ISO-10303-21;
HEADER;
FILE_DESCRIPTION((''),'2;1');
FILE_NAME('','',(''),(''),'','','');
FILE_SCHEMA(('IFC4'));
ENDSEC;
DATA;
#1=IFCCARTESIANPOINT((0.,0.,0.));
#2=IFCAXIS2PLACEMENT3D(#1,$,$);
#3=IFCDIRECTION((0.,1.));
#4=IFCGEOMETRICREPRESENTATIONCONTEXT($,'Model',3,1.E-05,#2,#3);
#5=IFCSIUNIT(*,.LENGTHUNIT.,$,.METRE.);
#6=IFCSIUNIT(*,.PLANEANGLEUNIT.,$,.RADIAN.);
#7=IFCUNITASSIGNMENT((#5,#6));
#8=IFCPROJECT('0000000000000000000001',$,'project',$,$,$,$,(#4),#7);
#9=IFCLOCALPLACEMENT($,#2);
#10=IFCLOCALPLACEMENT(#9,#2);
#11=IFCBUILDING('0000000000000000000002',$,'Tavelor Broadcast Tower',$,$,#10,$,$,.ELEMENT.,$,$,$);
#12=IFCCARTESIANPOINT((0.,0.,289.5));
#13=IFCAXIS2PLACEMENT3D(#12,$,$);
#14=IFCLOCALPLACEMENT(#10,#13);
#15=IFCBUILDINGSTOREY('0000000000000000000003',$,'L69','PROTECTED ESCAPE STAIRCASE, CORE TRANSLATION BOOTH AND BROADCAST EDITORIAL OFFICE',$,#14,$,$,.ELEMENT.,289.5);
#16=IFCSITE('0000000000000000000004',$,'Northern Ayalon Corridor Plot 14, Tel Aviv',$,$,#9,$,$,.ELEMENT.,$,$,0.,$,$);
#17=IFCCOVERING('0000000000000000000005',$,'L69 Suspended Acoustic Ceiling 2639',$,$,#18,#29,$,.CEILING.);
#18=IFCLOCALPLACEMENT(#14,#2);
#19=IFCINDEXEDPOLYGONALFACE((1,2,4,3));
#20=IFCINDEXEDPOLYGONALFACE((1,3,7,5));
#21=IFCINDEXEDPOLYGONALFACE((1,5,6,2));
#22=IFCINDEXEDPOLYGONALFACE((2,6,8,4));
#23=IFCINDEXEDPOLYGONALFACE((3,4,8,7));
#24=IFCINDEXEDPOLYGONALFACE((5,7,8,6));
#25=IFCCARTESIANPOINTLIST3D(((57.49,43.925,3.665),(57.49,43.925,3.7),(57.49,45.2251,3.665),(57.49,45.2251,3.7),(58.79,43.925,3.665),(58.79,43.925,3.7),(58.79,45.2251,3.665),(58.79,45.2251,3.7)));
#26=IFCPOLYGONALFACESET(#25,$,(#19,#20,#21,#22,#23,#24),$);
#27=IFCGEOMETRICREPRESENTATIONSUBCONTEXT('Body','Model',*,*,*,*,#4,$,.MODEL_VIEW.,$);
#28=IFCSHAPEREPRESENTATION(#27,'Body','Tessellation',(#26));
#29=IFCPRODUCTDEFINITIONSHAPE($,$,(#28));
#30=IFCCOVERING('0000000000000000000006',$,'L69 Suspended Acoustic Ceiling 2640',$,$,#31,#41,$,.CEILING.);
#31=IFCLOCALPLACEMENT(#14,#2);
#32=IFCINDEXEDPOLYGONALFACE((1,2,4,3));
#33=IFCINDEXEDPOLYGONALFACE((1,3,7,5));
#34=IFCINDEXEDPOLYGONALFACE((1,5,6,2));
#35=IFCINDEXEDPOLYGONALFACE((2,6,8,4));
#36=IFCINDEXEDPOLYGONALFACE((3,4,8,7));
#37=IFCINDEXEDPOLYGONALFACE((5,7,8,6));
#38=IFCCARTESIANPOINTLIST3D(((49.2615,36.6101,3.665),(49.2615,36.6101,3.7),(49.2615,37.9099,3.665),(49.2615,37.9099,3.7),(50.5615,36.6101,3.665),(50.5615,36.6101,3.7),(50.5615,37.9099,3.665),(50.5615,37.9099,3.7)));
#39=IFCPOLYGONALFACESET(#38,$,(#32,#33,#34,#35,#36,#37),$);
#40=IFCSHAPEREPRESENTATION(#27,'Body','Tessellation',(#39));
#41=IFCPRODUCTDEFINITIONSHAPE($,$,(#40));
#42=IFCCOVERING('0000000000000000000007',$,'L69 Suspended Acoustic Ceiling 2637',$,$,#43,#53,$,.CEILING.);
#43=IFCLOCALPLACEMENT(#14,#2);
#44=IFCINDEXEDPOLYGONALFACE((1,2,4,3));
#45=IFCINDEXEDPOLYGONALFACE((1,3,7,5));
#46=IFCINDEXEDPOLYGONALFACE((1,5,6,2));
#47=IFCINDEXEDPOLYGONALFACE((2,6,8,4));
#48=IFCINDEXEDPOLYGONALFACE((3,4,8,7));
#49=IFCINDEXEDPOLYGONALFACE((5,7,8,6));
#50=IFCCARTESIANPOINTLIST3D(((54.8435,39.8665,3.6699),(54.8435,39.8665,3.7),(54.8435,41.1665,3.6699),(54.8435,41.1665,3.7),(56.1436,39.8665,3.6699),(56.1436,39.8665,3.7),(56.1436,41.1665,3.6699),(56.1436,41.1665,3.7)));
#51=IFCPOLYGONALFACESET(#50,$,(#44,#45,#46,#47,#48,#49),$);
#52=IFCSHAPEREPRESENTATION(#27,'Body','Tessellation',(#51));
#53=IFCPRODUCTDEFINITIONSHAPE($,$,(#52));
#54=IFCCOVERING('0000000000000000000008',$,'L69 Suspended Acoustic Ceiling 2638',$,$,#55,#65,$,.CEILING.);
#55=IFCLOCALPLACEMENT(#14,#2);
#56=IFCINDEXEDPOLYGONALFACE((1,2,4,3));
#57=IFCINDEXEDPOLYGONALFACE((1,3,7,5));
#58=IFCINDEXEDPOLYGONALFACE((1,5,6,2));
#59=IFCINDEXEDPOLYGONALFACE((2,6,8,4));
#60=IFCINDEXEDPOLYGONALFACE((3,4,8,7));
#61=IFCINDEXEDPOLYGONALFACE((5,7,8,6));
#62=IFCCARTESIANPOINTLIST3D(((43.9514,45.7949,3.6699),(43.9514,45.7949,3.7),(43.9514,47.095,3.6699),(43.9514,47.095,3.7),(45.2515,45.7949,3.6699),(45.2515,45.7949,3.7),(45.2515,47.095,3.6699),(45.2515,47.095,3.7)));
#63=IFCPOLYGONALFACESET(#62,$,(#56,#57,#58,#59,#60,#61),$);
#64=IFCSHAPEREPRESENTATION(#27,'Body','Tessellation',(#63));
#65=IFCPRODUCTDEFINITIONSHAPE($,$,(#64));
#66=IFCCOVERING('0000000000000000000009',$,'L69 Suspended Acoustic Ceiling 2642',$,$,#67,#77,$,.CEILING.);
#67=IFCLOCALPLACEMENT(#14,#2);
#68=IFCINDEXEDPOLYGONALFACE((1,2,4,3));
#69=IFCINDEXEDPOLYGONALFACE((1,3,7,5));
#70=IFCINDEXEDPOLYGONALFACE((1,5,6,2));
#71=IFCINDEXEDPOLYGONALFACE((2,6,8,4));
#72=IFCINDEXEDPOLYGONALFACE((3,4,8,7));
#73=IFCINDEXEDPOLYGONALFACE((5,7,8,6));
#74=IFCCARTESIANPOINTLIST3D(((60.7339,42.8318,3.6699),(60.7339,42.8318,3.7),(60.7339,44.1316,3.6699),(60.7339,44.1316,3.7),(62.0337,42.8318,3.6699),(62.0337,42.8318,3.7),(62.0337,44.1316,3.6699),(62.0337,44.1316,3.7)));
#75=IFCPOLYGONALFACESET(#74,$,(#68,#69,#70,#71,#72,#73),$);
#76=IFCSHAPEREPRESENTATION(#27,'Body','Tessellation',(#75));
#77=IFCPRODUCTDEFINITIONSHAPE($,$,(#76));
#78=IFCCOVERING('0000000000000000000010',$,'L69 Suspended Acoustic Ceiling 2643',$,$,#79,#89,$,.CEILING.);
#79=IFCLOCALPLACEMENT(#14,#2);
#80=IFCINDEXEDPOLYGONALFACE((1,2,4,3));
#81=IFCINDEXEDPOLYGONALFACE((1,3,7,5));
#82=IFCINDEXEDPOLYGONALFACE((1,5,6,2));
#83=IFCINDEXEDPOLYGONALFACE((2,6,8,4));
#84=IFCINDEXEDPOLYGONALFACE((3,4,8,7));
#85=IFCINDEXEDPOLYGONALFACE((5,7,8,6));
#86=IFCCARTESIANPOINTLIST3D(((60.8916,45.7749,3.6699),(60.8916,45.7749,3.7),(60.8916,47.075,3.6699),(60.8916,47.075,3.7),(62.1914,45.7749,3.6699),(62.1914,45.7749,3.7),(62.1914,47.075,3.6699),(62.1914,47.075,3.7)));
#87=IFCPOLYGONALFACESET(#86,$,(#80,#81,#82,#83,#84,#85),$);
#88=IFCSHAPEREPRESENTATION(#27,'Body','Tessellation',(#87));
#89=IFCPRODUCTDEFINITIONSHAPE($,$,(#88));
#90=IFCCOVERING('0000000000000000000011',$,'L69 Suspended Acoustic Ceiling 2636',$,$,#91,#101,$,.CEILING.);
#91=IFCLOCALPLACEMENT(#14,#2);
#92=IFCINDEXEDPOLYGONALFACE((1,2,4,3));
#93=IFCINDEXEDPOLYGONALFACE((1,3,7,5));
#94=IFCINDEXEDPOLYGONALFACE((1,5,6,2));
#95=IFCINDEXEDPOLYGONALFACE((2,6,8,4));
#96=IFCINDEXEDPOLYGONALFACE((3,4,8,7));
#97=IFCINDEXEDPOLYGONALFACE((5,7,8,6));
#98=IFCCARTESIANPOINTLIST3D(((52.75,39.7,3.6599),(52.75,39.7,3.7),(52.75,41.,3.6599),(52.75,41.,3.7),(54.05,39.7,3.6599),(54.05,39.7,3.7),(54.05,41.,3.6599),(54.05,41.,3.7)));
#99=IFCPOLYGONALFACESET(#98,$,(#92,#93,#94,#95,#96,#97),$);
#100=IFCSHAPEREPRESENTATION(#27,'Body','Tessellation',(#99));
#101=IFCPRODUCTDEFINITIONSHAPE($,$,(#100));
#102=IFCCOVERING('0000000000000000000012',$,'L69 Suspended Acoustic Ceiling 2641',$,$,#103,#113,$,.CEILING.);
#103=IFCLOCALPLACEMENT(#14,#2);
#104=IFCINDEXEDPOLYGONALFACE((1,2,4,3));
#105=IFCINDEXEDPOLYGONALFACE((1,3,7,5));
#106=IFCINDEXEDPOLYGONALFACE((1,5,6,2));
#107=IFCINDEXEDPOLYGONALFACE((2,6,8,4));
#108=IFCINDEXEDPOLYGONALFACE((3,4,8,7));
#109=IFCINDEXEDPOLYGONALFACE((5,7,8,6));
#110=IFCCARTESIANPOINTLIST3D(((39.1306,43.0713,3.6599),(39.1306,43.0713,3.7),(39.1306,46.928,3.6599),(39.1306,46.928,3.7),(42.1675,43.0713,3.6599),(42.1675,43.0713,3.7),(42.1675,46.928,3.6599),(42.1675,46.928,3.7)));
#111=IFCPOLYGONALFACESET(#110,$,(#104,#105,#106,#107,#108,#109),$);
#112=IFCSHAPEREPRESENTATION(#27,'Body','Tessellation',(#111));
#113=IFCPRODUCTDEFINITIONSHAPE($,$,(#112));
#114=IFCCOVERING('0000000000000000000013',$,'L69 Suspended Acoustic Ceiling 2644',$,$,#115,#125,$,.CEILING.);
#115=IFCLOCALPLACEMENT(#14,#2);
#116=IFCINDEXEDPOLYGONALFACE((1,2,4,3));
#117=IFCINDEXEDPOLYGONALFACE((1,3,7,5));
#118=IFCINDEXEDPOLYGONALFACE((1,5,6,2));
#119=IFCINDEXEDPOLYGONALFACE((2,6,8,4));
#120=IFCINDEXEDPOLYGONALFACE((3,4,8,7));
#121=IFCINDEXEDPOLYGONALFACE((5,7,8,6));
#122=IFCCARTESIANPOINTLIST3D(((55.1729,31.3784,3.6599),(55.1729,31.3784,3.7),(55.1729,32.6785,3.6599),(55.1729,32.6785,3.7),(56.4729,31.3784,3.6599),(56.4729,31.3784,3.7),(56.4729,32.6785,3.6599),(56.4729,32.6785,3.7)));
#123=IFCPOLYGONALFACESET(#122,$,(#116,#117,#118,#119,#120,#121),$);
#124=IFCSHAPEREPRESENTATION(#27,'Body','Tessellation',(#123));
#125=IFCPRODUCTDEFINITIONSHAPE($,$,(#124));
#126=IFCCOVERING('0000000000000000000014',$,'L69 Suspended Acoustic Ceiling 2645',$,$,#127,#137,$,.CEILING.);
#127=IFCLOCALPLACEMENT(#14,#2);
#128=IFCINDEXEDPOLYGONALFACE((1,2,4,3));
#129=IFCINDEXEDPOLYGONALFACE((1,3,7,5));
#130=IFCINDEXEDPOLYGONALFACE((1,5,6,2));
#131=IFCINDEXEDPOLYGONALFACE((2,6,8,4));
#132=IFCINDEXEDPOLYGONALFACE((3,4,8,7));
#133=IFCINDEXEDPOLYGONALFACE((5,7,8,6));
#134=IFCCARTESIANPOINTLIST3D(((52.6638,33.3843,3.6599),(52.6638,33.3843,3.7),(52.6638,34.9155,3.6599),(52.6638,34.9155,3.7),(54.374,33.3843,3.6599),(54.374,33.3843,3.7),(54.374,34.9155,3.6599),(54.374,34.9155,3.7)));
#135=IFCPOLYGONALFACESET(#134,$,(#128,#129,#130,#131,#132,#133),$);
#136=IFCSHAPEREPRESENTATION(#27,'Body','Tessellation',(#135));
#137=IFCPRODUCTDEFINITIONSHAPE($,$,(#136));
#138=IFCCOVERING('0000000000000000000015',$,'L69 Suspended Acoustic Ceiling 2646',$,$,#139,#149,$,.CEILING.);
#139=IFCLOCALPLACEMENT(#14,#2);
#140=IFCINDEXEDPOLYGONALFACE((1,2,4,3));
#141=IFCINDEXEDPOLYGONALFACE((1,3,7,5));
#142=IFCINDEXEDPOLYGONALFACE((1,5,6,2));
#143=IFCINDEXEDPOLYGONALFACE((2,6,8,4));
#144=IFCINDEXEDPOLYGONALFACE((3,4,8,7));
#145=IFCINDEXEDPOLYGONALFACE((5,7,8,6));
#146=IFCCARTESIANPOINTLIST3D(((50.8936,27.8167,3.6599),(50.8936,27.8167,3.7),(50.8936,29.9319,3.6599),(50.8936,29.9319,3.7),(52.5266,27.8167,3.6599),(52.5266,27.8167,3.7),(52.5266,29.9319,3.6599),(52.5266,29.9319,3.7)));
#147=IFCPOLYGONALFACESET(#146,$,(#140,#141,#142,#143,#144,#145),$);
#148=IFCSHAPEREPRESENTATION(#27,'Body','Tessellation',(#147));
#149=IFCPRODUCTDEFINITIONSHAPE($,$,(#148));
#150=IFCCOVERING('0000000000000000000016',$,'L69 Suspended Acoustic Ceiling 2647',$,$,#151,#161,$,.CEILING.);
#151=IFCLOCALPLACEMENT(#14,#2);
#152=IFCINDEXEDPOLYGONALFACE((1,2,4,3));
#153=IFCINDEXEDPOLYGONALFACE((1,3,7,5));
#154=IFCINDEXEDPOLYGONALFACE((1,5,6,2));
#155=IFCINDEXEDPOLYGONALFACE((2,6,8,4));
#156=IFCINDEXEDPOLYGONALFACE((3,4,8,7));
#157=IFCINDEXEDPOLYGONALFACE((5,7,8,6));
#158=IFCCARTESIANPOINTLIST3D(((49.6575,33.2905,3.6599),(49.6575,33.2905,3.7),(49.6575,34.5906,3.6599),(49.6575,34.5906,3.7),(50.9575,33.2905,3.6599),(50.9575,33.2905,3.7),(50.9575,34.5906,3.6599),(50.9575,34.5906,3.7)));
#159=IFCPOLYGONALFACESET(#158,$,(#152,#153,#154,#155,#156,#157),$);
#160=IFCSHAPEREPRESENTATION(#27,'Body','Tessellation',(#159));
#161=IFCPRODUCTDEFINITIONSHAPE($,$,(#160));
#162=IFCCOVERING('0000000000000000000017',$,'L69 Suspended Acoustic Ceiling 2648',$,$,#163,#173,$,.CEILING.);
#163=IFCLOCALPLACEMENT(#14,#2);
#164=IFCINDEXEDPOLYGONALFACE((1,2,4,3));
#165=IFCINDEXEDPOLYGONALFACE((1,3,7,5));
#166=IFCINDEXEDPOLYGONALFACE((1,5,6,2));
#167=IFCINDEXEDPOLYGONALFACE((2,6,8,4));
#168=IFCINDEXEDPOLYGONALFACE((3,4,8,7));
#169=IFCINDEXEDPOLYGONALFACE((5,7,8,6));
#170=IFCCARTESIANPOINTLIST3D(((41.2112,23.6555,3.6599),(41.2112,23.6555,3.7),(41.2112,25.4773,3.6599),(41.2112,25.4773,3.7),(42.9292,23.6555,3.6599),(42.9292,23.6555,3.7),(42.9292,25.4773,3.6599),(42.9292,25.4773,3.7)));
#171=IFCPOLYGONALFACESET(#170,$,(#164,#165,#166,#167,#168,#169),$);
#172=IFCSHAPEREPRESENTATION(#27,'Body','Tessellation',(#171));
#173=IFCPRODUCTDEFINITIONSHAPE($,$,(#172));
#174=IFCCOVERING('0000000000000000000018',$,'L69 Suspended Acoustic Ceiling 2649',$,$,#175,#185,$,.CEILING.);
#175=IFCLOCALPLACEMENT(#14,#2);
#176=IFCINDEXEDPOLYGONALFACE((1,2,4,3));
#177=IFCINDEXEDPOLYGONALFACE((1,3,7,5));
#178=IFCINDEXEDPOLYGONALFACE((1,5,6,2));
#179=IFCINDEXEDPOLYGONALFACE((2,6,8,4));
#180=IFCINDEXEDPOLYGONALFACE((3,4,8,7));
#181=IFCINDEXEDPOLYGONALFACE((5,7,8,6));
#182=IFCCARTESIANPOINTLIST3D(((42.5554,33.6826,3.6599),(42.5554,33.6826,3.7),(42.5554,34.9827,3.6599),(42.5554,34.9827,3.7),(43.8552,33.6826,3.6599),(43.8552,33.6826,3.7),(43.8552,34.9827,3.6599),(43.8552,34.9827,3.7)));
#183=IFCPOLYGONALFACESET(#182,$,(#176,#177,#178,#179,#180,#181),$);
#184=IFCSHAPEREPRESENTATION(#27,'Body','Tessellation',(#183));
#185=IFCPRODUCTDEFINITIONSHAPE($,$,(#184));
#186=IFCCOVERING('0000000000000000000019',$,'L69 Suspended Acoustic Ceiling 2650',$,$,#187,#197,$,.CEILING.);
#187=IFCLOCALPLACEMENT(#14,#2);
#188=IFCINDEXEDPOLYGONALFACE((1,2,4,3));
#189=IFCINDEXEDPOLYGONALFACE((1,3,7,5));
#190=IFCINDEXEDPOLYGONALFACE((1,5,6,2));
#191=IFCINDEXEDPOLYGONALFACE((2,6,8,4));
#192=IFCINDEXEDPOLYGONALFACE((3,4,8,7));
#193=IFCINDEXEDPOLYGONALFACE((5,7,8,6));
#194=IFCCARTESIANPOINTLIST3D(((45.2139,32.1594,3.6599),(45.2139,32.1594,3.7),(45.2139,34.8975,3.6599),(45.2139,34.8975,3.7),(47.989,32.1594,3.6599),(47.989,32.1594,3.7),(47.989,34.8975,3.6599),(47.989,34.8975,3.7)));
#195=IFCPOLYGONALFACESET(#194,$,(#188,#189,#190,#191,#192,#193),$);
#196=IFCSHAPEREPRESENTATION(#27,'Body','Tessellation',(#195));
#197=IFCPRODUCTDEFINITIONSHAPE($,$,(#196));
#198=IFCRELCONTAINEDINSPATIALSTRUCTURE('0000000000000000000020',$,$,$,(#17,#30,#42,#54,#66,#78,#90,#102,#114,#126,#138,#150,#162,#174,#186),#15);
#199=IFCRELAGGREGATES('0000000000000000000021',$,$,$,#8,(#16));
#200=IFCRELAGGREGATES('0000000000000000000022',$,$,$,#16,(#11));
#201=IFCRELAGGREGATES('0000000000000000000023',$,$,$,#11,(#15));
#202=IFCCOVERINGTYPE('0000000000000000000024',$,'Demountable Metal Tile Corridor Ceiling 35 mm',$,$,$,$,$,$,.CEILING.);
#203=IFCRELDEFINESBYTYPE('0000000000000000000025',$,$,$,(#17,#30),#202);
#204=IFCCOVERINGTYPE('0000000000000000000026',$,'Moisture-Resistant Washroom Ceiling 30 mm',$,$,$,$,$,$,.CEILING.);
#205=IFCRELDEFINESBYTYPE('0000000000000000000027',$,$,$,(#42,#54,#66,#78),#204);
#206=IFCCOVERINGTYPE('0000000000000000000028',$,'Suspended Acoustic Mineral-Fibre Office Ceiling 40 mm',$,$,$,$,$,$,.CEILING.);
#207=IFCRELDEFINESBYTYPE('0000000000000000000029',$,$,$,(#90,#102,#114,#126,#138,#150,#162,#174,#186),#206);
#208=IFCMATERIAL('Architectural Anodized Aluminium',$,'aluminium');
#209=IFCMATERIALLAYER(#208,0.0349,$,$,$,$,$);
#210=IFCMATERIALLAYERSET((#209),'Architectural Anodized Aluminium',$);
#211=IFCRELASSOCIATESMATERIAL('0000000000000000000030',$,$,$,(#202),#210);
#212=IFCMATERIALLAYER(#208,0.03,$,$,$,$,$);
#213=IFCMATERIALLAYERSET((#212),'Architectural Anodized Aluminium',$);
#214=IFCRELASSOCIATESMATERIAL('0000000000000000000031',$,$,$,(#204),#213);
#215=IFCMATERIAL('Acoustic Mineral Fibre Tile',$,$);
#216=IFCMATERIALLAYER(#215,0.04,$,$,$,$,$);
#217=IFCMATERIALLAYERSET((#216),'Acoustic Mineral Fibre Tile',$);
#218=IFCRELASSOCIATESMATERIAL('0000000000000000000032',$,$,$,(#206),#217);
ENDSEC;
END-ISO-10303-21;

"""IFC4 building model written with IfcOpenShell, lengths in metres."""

from ifc_helpers import new_model, si_unit, direction, frame, origin, place, context, subcontext, project, spatial, polyline, outline, extrude, material, layer, layer_set, type_object, element, save


model = new_model("IFC4")

# Units and contexts
model_context = context("Model", 3, precision=1e-05, world=origin(), true_north=direction((0.0, 1.0)))
body_context = subcontext(model_context, "Body", "Model", "MODEL_VIEW")
ifc_project = project(units=[si_unit("LENGTHUNIT", "METRE"), si_unit("PLANEANGLEUNIT", "RADIAN")], contexts=[model_context])

# Site, building, storey
site_placement = place(None, origin())
site = spatial("IfcSite", under=ifc_project, at=site_placement, Name="Northern Ayalon Corridor Plot 14, Tel Aviv", CompositionType="ELEMENT", RefElevation=0.0)
building_placement = place(site_placement, origin())
building = spatial("IfcBuilding", under=site, at=building_placement, Name="Tavelor Broadcast Tower", CompositionType="ELEMENT")
storey_placement = place(building_placement, frame((0.0, 0.0, 289.5)))
storey = spatial("IfcBuildingStorey", under=building, at=storey_placement, Name="L69", Description="PROTECTED ESCAPE STAIRCASE, CORE TRANSLATION BOOTH AND BROADCAST EDITORIAL OFFICE", CompositionType="ELEMENT", Elevation=289.5)

# Coverings
ifc_material_1 = material(Name="Architectural Anodized Aluminium", Category="aluminium")
ifc_layer_1 = layer(ifc_material_1, 0.0349)
ifc_layer_set_1 = layer_set([ifc_layer_1], Name="Architectural Anodized Aluminium")
covering_type_1 = type_object("IfcCoveringType", Name="Demountable Metal Tile Corridor Ceiling 35 mm", PredefinedType="CEILING", material=ifc_layer_set_1)
covering_1_placement = place(storey_placement, frame((0.0, 0.0, 3.665)))
element("IfcCovering", 1, at=covering_1_placement, inside=storey, type_object=covering_type_1, Name="L69 Suspended Acoustic Ceiling 2639", PredefinedType="CEILING", context=body_context, shape_type="SweptSolid", body=[
    extrude(outline(polyline([(57.49, 43.925), (58.79, 43.925), (58.79, 45.2251), (57.49, 45.2251), (57.49, 43.925)])), origin(), (0.0, 0.0, 1.0), 0.0349),
])
covering_2_placement = place(storey_placement, frame((0.0, 0.0, 3.665)))
element("IfcCovering", 2, at=covering_2_placement, inside=storey, type_object=covering_type_1, Name="L69 Suspended Acoustic Ceiling 2640", PredefinedType="CEILING", context=body_context, shape_type="SweptSolid", body=[
    extrude(outline(polyline([(49.2615, 36.6101), (50.5615, 36.6101), (50.5615, 37.9099), (49.2615, 37.9099), (49.2615, 36.6101)])), origin(), (0.0, 0.0, 1.0), 0.0349),
])
ifc_layer_2 = layer(ifc_material_1, 0.03)
ifc_layer_set_2 = layer_set([ifc_layer_2], Name="Architectural Anodized Aluminium")
covering_type_2 = type_object("IfcCoveringType", Name="Moisture-Resistant Washroom Ceiling 30 mm", PredefinedType="CEILING", material=ifc_layer_set_2)
covering_3_placement = place(storey_placement, frame((0.0, 0.0, 3.6699)))
element("IfcCovering", 3, at=covering_3_placement, inside=storey, type_object=covering_type_2, Name="L69 Suspended Acoustic Ceiling 2637", PredefinedType="CEILING", context=body_context, shape_type="SweptSolid", body=[
    extrude(outline(polyline([(54.8435, 39.8665), (56.1436, 39.8665), (56.1436, 41.1665), (54.8435, 41.1665), (54.8435, 39.8665)])), origin(), (0.0, 0.0, 1.0), 0.03),
])
covering_4_placement = place(storey_placement, frame((0.0, 0.0, 3.6699)))
element("IfcCovering", 4, at=covering_4_placement, inside=storey, type_object=covering_type_2, Name="L69 Suspended Acoustic Ceiling 2638", PredefinedType="CEILING", context=body_context, shape_type="SweptSolid", body=[
    extrude(outline(polyline([(43.9514, 45.7949), (45.2515, 45.7949), (45.2515, 47.095), (43.9514, 47.095), (43.9514, 45.7949)])), origin(), (0.0, 0.0, 1.0), 0.03),
])
covering_5_placement = place(storey_placement, frame((0.0, 0.0, 3.6699)))
element("IfcCovering", 5, at=covering_5_placement, inside=storey, type_object=covering_type_2, Name="L69 Suspended Acoustic Ceiling 2642", PredefinedType="CEILING", context=body_context, shape_type="SweptSolid", body=[
    extrude(outline(polyline([(60.7339, 42.8318), (62.0337, 42.8318), (62.0337, 44.1316), (60.7339, 44.1316), (60.7339, 42.8318)])), origin(), (0.0, 0.0, 1.0), 0.03),
])
covering_6_placement = place(storey_placement, frame((0.0, 0.0, 3.6699)))
element("IfcCovering", 6, at=covering_6_placement, inside=storey, type_object=covering_type_2, Name="L69 Suspended Acoustic Ceiling 2643", PredefinedType="CEILING", context=body_context, shape_type="SweptSolid", body=[
    extrude(outline(polyline([(60.8916, 45.7749), (62.1914, 45.7749), (62.1914, 47.075), (60.8916, 47.075), (60.8916, 45.7749)])), origin(), (0.0, 0.0, 1.0), 0.03),
])
ifc_material_2 = material(Name="Acoustic Mineral Fibre Tile")
ifc_layer_3 = layer(ifc_material_2, 0.04)
ifc_layer_set_3 = layer_set([ifc_layer_3], Name="Acoustic Mineral Fibre Tile")
covering_type_3 = type_object("IfcCoveringType", Name="Suspended Acoustic Mineral-Fibre Office Ceiling 40 mm", PredefinedType="CEILING", material=ifc_layer_set_3)
covering_7_placement = place(storey_placement, frame((0.0, 0.0, 3.6599)))
element("IfcCovering", 7, at=covering_7_placement, inside=storey, type_object=covering_type_3, Name="L69 Suspended Acoustic Ceiling 2636", PredefinedType="CEILING", context=body_context, shape_type="SweptSolid", body=[
    extrude(outline(polyline([(52.75, 39.7), (54.05, 39.7), (54.05, 41.0), (52.75, 41.0), (52.75, 39.7)])), origin(), (0.0, 0.0, 1.0), 0.04),
])
covering_8_placement = place(storey_placement, frame((0.0, 0.0, 3.6599)))
element("IfcCovering", 8, at=covering_8_placement, inside=storey, type_object=covering_type_3, Name="L69 Suspended Acoustic Ceiling 2641", PredefinedType="CEILING", context=body_context, shape_type="SweptSolid", body=[
    extrude(outline(polyline([(39.1306, 43.0713), (42.1675, 43.0713), (42.1675, 46.928), (39.1306, 46.928), (39.1306, 43.0713)])), origin(), (0.0, 0.0, 1.0), 0.04),
])
covering_9_placement = place(storey_placement, frame((0.0, 0.0, 3.6599)))
element("IfcCovering", 9, at=covering_9_placement, inside=storey, type_object=covering_type_3, Name="L69 Suspended Acoustic Ceiling 2644", PredefinedType="CEILING", context=body_context, shape_type="SweptSolid", body=[
    extrude(outline(polyline([(55.1729, 31.3784), (56.4729, 31.3784), (56.4729, 32.6785), (55.1729, 32.6785), (55.1729, 31.3784)])), origin(), (0.0, 0.0, 1.0), 0.04),
])
covering_10_placement = place(storey_placement, frame((0.0, 0.0, 3.6599)))
element("IfcCovering", 10, at=covering_10_placement, inside=storey, type_object=covering_type_3, Name="L69 Suspended Acoustic Ceiling 2645", PredefinedType="CEILING", context=body_context, shape_type="SweptSolid", body=[
    extrude(outline(polyline([(52.6638, 33.3843), (54.374, 33.3843), (54.374, 34.9155), (52.6638, 34.9155), (52.6638, 33.3843)])), origin(), (0.0, 0.0, 1.0), 0.04),
])
covering_11_placement = place(storey_placement, frame((0.0, 0.0, 3.6599)))
element("IfcCovering", 11, at=covering_11_placement, inside=storey, type_object=covering_type_3, Name="L69 Suspended Acoustic Ceiling 2646", PredefinedType="CEILING", context=body_context, shape_type="SweptSolid", body=[
    extrude(outline(polyline([(50.8936, 27.8167), (52.5266, 27.8167), (52.5266, 29.9319), (50.8936, 29.9319), (50.8936, 27.8167)])), origin(), (0.0, 0.0, 1.0), 0.04),
])
covering_12_placement = place(storey_placement, frame((0.0, 0.0, 3.6599)))
element("IfcCovering", 12, at=covering_12_placement, inside=storey, type_object=covering_type_3, Name="L69 Suspended Acoustic Ceiling 2647", PredefinedType="CEILING", context=body_context, shape_type="SweptSolid", body=[
    extrude(outline(polyline([(49.6575, 33.2905), (50.9575, 33.2905), (50.9575, 34.5906), (49.6575, 34.5906), (49.6575, 33.2905)])), origin(), (0.0, 0.0, 1.0), 0.04),
])
covering_13_placement = place(storey_placement, frame((0.0, 0.0, 3.6599)))
element("IfcCovering", 13, at=covering_13_placement, inside=storey, type_object=covering_type_3, Name="L69 Suspended Acoustic Ceiling 2648", PredefinedType="CEILING", context=body_context, shape_type="SweptSolid", body=[
    extrude(outline(polyline([(41.2112, 23.6555), (42.9292, 23.6555), (42.9292, 25.4773), (41.2112, 25.4773), (41.2112, 23.6555)])), origin(), (0.0, 0.0, 1.0), 0.04),
])
covering_14_placement = place(storey_placement, frame((0.0, 0.0, 3.6599)))
element("IfcCovering", 14, at=covering_14_placement, inside=storey, type_object=covering_type_3, Name="L69 Suspended Acoustic Ceiling 2649", PredefinedType="CEILING", context=body_context, shape_type="SweptSolid", body=[
    extrude(outline(polyline([(42.5554, 33.6826), (43.8552, 33.6826), (43.8552, 34.9827), (42.5554, 34.9827), (42.5554, 33.6826)])), origin(), (0.0, 0.0, 1.0), 0.04),
])
covering_15_placement = place(storey_placement, frame((0.0, 0.0, 3.6599)))
element("IfcCovering", 15, at=covering_15_placement, inside=storey, type_object=covering_type_3, Name="L69 Suspended Acoustic Ceiling 2650", PredefinedType="CEILING", context=body_context, shape_type="SweptSolid", body=[
    extrude(outline(polyline([(45.2139, 32.1594), (47.989, 32.1594), (47.989, 34.8975), (45.2139, 34.8975), (45.2139, 32.1594)])), origin(), (0.0, 0.0, 1.0), 0.04),
])

save(model, "model.ifc")
